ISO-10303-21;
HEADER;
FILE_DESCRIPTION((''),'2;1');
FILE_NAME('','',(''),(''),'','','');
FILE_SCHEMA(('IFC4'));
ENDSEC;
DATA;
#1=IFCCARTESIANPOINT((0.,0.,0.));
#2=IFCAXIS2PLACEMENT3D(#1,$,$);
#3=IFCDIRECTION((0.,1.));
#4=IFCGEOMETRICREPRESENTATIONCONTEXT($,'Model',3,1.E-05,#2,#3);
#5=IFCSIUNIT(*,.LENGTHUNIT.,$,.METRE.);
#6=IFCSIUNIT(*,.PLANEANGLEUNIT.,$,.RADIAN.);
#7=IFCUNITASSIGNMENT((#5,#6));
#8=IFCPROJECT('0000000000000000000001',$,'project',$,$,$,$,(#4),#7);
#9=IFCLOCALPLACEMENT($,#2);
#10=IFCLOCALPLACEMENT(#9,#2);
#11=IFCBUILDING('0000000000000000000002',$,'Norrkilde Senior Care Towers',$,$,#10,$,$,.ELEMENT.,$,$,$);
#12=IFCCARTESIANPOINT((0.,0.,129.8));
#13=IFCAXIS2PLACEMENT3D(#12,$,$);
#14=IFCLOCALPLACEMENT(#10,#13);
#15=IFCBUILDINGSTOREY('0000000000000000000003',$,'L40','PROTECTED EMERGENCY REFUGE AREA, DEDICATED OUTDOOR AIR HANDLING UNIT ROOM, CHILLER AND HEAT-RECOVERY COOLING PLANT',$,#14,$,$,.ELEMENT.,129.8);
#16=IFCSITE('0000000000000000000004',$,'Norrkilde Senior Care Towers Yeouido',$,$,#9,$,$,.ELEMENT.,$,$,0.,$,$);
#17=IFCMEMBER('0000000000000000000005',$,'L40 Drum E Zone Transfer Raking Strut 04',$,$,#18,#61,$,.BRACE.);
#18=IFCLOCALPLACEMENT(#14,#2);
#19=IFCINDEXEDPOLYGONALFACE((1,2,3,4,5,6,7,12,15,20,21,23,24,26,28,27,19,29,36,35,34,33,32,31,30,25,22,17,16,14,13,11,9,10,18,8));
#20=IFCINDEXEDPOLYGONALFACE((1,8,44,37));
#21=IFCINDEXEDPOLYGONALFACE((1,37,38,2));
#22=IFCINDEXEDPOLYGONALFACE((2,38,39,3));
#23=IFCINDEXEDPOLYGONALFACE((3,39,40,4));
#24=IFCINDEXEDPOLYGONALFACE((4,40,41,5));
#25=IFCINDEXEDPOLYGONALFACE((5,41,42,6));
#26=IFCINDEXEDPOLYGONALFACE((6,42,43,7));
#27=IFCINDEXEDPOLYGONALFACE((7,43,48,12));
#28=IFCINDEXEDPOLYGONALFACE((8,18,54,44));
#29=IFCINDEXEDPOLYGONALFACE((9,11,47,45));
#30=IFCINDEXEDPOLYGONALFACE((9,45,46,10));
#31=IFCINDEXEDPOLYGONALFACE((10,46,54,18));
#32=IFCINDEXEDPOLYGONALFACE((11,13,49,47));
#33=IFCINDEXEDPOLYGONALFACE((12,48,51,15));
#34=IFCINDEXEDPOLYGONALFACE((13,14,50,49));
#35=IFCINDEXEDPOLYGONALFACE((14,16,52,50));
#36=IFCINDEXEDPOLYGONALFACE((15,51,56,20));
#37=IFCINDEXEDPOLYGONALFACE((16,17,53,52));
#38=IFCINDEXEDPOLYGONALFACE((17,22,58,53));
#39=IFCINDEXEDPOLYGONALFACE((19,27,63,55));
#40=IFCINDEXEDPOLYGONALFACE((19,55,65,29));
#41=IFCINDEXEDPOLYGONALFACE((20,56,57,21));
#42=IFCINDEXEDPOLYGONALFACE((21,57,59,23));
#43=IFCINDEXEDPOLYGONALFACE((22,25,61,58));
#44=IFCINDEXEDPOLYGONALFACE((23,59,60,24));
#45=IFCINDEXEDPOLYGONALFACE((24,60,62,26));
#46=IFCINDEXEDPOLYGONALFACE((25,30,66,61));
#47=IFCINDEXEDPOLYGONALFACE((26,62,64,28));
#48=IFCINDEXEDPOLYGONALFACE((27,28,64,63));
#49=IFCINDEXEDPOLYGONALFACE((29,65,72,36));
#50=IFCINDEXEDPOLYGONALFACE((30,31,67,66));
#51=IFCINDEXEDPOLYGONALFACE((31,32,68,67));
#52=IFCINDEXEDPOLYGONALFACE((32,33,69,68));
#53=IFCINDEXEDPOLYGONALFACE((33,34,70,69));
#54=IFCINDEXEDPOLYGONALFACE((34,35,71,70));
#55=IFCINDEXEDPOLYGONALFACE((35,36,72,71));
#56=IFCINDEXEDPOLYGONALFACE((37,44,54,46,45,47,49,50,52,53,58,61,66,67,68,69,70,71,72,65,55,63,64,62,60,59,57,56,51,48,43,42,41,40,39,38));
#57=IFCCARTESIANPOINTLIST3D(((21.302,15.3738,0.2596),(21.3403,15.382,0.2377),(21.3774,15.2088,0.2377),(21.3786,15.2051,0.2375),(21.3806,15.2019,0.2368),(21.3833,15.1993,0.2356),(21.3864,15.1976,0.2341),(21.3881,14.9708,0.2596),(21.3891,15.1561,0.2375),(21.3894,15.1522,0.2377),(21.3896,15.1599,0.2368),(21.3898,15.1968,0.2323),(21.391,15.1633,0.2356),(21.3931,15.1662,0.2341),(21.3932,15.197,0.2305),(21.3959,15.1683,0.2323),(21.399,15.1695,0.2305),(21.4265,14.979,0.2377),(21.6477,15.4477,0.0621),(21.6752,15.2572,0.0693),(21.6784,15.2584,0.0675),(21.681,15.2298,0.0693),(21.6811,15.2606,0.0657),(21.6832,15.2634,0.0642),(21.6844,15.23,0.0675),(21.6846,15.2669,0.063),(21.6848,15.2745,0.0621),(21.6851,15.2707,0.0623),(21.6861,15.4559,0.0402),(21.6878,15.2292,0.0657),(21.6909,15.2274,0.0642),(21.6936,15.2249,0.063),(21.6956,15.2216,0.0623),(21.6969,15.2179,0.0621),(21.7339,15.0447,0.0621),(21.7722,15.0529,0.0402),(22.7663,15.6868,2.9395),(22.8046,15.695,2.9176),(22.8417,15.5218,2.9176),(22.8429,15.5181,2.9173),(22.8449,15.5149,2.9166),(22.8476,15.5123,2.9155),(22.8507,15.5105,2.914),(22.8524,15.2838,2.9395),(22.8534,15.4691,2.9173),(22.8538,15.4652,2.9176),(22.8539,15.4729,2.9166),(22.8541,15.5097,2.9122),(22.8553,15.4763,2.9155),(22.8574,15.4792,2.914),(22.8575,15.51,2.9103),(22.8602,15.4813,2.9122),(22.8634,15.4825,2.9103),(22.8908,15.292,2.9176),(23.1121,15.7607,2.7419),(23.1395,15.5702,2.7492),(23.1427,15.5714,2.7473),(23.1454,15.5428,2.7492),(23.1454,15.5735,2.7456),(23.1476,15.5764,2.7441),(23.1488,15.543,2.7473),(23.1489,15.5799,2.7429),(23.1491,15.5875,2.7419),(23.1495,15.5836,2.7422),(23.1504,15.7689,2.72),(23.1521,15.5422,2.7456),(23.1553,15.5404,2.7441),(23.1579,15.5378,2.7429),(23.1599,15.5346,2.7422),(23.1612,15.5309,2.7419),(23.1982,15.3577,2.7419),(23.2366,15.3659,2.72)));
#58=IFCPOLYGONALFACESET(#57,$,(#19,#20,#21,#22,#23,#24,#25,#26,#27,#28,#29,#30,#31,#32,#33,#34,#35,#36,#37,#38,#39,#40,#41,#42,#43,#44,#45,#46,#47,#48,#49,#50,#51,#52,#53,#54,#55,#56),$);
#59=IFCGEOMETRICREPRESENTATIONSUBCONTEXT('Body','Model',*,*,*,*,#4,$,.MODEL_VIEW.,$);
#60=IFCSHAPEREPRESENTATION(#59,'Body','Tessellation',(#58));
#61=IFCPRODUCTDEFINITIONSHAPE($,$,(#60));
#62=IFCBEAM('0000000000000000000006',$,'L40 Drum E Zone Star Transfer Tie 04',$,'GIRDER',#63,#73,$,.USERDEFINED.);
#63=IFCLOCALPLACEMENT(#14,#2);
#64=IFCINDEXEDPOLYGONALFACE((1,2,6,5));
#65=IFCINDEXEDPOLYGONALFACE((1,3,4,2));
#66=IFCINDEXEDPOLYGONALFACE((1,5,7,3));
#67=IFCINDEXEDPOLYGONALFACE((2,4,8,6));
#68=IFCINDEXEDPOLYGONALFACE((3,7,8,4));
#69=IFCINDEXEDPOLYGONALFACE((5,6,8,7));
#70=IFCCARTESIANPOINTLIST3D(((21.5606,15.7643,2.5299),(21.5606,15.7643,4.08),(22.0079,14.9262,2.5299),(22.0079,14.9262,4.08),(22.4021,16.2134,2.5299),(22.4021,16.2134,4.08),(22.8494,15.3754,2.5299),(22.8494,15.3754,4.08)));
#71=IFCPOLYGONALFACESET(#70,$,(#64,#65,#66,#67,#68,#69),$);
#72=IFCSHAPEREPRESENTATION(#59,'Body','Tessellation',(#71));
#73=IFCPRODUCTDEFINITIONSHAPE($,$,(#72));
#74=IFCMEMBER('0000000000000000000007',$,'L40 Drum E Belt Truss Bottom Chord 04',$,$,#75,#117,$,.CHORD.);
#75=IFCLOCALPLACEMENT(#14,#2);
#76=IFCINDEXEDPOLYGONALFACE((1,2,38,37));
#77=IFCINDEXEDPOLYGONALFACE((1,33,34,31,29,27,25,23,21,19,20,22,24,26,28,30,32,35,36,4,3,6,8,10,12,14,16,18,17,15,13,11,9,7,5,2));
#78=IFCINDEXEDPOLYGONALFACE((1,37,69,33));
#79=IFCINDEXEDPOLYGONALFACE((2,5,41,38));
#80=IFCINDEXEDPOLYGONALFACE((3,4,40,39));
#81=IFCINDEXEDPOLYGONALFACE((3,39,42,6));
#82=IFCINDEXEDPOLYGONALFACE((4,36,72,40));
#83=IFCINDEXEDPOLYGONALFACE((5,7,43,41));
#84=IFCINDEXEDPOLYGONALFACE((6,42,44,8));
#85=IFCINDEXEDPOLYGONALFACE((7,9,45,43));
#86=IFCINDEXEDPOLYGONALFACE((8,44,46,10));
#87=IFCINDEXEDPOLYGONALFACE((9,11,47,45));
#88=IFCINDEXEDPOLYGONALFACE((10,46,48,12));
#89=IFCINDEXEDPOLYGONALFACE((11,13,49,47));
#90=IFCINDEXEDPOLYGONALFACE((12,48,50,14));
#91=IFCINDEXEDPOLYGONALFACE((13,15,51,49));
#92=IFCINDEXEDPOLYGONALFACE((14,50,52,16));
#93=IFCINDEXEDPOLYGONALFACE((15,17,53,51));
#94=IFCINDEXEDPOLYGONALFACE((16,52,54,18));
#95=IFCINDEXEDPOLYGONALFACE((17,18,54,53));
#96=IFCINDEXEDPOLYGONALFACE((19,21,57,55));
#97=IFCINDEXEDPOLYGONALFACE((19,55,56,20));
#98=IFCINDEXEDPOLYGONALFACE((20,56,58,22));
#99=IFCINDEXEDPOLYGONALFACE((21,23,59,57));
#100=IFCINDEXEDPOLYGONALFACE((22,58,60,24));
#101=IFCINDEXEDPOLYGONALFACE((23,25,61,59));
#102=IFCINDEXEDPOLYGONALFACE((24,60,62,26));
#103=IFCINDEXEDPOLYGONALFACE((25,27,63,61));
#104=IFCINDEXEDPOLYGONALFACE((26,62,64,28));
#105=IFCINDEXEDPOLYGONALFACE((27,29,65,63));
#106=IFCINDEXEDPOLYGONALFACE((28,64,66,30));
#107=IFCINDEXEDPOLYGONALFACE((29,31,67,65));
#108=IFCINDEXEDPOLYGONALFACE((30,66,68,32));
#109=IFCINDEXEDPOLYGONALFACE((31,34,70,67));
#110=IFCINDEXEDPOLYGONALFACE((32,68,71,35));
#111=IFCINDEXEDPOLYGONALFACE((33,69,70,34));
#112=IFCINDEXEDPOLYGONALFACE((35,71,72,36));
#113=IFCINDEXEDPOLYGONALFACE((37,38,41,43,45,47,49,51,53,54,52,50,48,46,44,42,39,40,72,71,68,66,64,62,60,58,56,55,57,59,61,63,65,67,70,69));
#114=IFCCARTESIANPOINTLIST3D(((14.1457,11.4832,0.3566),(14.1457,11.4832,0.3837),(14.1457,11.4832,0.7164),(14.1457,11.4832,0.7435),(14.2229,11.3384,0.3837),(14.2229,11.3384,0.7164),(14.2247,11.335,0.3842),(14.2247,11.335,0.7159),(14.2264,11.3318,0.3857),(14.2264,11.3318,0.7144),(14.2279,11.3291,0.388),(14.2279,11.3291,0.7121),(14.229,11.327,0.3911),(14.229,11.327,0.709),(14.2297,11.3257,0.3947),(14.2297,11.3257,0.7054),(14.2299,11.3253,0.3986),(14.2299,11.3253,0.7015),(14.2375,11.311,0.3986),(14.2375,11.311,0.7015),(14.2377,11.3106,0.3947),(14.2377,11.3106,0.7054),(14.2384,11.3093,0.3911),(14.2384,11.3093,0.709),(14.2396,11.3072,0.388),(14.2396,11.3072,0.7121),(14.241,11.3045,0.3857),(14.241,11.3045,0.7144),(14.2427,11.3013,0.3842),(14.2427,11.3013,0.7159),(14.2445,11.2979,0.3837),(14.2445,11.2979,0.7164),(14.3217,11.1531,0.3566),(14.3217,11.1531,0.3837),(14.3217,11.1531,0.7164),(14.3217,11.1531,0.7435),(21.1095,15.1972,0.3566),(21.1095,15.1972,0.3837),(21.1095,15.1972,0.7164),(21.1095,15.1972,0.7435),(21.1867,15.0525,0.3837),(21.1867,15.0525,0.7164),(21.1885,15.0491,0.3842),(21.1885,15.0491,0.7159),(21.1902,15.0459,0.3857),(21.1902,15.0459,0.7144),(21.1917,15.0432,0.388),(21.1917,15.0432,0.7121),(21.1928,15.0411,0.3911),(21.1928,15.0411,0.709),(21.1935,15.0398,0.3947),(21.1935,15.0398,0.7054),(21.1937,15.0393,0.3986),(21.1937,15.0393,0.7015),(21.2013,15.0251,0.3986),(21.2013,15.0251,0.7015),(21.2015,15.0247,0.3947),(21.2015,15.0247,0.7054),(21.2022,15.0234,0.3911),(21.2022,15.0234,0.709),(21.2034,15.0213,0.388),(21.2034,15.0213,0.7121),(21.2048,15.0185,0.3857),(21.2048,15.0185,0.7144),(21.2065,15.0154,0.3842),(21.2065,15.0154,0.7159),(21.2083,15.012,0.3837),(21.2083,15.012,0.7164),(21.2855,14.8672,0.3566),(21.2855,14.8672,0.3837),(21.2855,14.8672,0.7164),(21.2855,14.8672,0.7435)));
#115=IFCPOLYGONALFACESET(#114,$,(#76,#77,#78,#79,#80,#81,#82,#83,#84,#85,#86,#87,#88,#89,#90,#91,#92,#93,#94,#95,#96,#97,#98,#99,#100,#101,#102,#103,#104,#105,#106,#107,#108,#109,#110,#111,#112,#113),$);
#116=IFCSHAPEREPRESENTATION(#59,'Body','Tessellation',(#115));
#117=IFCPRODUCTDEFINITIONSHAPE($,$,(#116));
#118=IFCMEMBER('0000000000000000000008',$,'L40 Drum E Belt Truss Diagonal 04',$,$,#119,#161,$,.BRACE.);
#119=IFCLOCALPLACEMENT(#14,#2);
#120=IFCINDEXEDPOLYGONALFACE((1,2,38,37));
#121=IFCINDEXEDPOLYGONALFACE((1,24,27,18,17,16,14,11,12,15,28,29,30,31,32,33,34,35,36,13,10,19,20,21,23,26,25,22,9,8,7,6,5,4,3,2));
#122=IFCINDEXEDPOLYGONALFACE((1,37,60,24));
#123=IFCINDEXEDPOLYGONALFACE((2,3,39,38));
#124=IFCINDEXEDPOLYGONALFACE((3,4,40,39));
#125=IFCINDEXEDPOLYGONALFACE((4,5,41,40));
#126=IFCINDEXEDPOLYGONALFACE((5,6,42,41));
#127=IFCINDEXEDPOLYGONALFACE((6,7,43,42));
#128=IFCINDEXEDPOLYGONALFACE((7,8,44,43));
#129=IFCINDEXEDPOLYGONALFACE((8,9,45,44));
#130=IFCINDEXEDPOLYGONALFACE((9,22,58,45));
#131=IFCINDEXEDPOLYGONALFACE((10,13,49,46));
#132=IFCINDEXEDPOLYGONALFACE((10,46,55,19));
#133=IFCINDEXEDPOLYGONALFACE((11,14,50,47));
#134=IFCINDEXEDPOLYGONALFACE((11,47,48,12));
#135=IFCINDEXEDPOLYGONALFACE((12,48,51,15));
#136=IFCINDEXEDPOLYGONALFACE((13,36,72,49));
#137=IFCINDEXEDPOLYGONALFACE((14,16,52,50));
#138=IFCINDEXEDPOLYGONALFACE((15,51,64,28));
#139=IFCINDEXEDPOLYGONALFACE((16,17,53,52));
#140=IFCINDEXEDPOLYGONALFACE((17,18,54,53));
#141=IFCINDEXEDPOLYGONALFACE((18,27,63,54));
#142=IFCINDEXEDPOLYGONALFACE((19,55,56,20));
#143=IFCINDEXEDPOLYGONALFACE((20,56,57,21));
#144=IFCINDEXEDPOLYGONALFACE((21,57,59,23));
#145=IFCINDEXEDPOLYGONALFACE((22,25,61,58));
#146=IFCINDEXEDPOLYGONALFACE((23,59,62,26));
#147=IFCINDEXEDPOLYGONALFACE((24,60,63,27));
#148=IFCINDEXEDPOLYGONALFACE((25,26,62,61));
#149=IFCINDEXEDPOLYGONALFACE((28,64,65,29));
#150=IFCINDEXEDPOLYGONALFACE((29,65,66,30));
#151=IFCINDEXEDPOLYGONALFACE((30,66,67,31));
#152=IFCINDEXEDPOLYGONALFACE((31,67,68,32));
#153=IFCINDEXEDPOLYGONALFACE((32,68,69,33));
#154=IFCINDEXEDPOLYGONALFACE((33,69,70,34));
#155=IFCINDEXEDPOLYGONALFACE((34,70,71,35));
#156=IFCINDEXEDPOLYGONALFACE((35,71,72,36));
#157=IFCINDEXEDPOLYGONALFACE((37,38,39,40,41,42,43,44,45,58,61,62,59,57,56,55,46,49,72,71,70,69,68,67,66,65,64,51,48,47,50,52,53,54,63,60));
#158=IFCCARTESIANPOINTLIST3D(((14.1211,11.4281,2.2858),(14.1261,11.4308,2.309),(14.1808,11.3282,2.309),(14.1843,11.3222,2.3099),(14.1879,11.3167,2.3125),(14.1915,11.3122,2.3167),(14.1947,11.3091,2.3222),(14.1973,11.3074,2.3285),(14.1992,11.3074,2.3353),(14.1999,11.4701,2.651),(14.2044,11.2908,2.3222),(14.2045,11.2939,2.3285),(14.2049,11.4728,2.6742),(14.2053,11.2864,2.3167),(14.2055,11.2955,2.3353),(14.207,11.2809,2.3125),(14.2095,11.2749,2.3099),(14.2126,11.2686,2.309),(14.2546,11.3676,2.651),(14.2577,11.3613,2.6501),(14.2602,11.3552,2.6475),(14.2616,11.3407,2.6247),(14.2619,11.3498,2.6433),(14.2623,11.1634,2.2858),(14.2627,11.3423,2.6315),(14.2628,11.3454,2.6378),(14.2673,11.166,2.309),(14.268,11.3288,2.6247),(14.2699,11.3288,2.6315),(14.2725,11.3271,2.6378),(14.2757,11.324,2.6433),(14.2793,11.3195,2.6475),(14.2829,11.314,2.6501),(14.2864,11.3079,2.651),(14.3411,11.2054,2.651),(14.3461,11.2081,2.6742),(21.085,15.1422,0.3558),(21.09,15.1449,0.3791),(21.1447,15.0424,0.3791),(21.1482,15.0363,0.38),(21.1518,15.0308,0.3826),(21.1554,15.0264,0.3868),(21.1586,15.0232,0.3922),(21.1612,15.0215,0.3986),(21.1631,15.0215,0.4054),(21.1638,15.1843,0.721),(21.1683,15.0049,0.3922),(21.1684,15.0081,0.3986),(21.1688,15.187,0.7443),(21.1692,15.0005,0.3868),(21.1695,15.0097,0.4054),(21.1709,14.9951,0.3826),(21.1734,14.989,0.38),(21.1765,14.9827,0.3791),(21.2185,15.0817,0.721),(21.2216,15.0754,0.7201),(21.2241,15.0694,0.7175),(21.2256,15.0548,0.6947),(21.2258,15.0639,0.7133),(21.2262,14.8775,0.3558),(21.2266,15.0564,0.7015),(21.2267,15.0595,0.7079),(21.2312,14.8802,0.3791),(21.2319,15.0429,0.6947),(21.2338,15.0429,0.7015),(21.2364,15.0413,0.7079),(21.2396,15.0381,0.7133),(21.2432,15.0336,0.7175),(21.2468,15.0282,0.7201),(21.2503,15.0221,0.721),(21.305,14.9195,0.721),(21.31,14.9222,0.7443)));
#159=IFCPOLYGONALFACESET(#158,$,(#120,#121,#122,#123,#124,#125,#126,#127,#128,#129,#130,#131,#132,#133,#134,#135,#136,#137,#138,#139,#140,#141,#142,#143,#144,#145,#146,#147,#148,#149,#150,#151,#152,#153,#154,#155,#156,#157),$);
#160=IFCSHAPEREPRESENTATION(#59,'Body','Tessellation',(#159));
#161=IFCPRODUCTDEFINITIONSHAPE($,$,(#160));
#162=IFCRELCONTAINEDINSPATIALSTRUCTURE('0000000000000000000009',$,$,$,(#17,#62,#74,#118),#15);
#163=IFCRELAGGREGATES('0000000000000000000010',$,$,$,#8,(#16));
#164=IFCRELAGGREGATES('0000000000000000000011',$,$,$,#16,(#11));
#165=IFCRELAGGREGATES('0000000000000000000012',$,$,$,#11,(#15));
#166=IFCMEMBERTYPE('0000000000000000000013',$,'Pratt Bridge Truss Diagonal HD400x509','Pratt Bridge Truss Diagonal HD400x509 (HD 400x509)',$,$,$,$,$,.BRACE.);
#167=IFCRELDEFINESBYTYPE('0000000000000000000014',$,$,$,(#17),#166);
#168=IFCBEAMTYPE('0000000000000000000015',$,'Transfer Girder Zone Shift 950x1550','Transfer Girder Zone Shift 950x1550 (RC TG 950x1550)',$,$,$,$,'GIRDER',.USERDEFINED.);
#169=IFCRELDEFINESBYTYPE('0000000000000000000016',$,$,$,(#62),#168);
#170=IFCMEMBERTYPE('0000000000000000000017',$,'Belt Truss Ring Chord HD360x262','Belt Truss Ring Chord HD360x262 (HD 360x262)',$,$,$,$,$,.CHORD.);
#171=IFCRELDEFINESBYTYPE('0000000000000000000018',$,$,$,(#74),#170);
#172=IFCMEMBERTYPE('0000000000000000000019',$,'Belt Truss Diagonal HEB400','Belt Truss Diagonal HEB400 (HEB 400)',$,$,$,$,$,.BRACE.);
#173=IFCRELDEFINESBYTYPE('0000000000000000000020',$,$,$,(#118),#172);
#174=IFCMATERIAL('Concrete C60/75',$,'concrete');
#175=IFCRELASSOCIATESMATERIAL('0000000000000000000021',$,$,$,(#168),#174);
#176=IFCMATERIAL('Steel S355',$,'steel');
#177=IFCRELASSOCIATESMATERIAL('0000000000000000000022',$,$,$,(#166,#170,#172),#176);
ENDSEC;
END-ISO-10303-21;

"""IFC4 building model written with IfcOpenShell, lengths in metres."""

from ifc_helpers import new_model, si_unit, direction, frame, origin, origin_2d, place, context, subcontext, project, spatial, rectangle, i_section, extrude, source, transform, mapped, material, material_profile, profile_set, type_object, type_shapes, element, save


model = new_model("IFC4")

# Units and contexts
model_context = context("Model", 3, precision=1e-05, world=origin(), true_north=direction((0.0, 1.0)))
body_context = subcontext(model_context, "Body", "Model", "MODEL_VIEW")
ifc_project = project(units=[si_unit("LENGTHUNIT", "METRE"), si_unit("PLANEANGLEUNIT", "RADIAN")], contexts=[model_context])

# Site, building, storey
site_placement = place(None, origin())
site = spatial("IfcSite", under=ifc_project, at=site_placement, Name="Norrkilde Senior Care Towers Yeouido", CompositionType="ELEMENT", RefElevation=0.0)
building_placement = place(site_placement, origin())
building = spatial("IfcBuilding", under=site, at=building_placement, Name="Norrkilde Senior Care Towers", CompositionType="ELEMENT")
storey_placement = place(building_placement, frame((0.0, 0.0, 129.8)))
storey = spatial("IfcBuildingStorey", under=building, at=storey_placement, Name="L40", Description="PROTECTED EMERGENCY REFUGE AREA, DEDICATED OUTDOOR AIR HANDLING UNIT ROOM, CHILLER AND HEAT-RECOVERY COOLING PLANT", CompositionType="ELEMENT", Elevation=129.8)

# Shared definitions
ifc_material_1 = material(Name="Concrete C60/75", Category="concrete")

# Shared definitions
ifc_material_profile_1 = material_profile(ifc_material_1, rectangle(XDim=0.95, YDim=1.55, at=origin_2d()), Name="RC TG 950x1550")
ifc_profile_set_1 = profile_set([ifc_material_profile_1], Name="Concrete C60/75")
beam_type_1 = type_object("IfcBeamType", Name="Transfer Girder Zone Shift 950x1550", Description="Transfer Girder Zone Shift 950x1550 (RC TG 950x1550)", ElementType="GIRDER", PredefinedType="USERDEFINED", material=ifc_profile_set_1)

# Member
ifc_material_2 = material(Name="Steel S355", Category="steel")
ifc_material_profile_2 = material_profile(ifc_material_2, i_section(OverallWidth=0.4121, OverallDepth=0.45, WebThickness=0.0281, FlangeThickness=0.0449, FilletRadius=0.0149, at=origin_2d()), Name="HD 400x509")
ifc_profile_set_2 = profile_set([ifc_material_profile_2], Name="Steel S355")
member_type_1 = type_object("IfcMemberType", Name="Pratt Bridge Truss Diagonal HD400x509", Description="Pratt Bridge Truss Diagonal HD400x509 (HD 400x509)", PredefinedType="BRACE", material=ifc_profile_set_2)
shared_shape_1 = source(origin(), body_context, "Body", "SweptSolid", [
    extrude(i_section(OverallWidth=0.4121, OverallDepth=0.45, WebThickness=0.0281, FlangeThickness=0.0449, FilletRadius=0.0149, at=origin_2d()), origin(), (0.0, 0.0, 1.0), 3.0698),
])
type_shapes(member_type_1, [shared_shape_1])
member_1_placement = place(storey_placement, frame((21.5371, 15.2134, 0.1499), z_axis=(0.477003, 0.101954, 0.872968), x_axis=(-0.209017, 0.977912, 0.0)))
element("IfcMember", 1, at=member_1_placement, inside=storey, type_object=member_type_1, Name="L40 Drum E Zone Transfer Raking Strut 04", PredefinedType="BRACE", context=body_context, shape_type="MappedRepresentation", body=[
    mapped(shared_shape_1, transform((0.0, 0.0, 0.0), x_axis=(1.0, 0.0, 0.0), y_axis=(0.0, 1.0, 0.0), z_axis=(0.0, 0.0, 1.0), scale=1.0)),
])

# Beam
shared_shape_2 = source(origin(), body_context, "Body", "SweptSolid", [
    extrude(rectangle(XDim=0.95, YDim=1.55, at=origin_2d()), origin(), (0.0, 0.0, 1.0), 0.9539),
])
beam_1_placement = place(storey_placement, frame((22.6257, 15.7944, 3.3049), z_axis=(-0.882183, -0.470907, 0.0), x_axis=(0.470907, -0.882183, 0.0)))
element("IfcBeam", 2, at=beam_1_placement, inside=storey, type_object=beam_type_1, Name="L40 Drum E Zone Star Transfer Tie 04", ObjectType="GIRDER", PredefinedType="USERDEFINED", context=body_context, shape_type="MappedRepresentation", body=[
    mapped(shared_shape_2, transform((0.0, 0.0, 0.0), x_axis=(1.0, 0.0, 0.0), y_axis=(0.0, 1.0, 0.0), z_axis=(0.0, 0.0, 1.0), scale=1.0)),
])

# Members
ifc_material_profile_3 = material_profile(ifc_material_2, i_section(OverallWidth=0.374, OverallDepth=0.387, WebThickness=0.0161, FlangeThickness=0.0271, FilletRadius=0.0149, at=origin_2d()), Name="HD 360x262")
ifc_profile_set_3 = profile_set([ifc_material_profile_3], Name="Steel S355")
member_type_2 = type_object("IfcMemberType", Name="Belt Truss Ring Chord HD360x262", Description="Belt Truss Ring Chord HD360x262 (HD 360x262)", PredefinedType="CHORD", material=ifc_profile_set_3)
shared_shape_3 = source(origin(), body_context, "Body", "SweptSolid", [
    extrude(i_section(OverallWidth=0.374, OverallDepth=0.387, WebThickness=0.0161, FlangeThickness=0.0271, FilletRadius=0.0149, at=origin_2d()), origin(), (0.0, 0.0, 1.0), 7.8923),
])
type_shapes(member_type_2, [shared_shape_3])
member_2_placement = place(storey_placement, frame((21.1975, 15.0322, 0.55), z_axis=(-0.88235, -0.470593, 0.0), x_axis=(0.470593, -0.88235, 0.0)))
element("IfcMember", 3, at=member_2_placement, inside=storey, type_object=member_type_2, Name="L40 Drum E Belt Truss Bottom Chord 04", PredefinedType="CHORD", context=body_context, shape_type="MappedRepresentation", body=[
    mapped(shared_shape_3, transform((0.0, 0.0, 0.0), x_axis=(1.0, 0.0, 0.0), y_axis=(0.0, 1.0, 0.0), z_axis=(0.0, 0.0, 1.0), scale=1.0)),
])
ifc_material_profile_4 = material_profile(ifc_material_2, i_section(OverallWidth=0.3, OverallDepth=0.3999, WebThickness=0.0134, FlangeThickness=0.0239, FilletRadius=0.0271, at=origin_2d()), Name="HEB 400")
ifc_profile_set_4 = profile_set([ifc_material_profile_4], Name="Steel S355")
member_type_3 = type_object("IfcMemberType", Name="Belt Truss Diagonal HEB400", Description="Belt Truss Diagonal HEB400 (HEB 400)", PredefinedType="BRACE", material=ifc_profile_set_4)
shared_shape_4 = source(origin(), body_context, "Body", "SweptSolid", [
    extrude(i_section(OverallWidth=0.3, OverallDepth=0.3999, WebThickness=0.0134, FlangeThickness=0.0239, FilletRadius=0.0271, at=origin_2d()), origin(), (0.0, 0.0, 1.0), 8.125),
])
type_shapes(member_type_3, [shared_shape_4])
member_3_placement = place(storey_placement, frame((21.1975, 15.0322, 0.55), z_axis=(-0.857097, -0.457125, 0.237532), x_axis=(0.470593, -0.88235, 0.0)))
element("IfcMember", 4, at=member_3_placement, inside=storey, type_object=member_type_3, Name="L40 Drum E Belt Truss Diagonal 04", PredefinedType="BRACE", context=body_context, shape_type="MappedRepresentation", body=[
    mapped(shared_shape_4, transform((0.0, 0.0, 0.0), x_axis=(1.0, 0.0, 0.0), y_axis=(0.0, 1.0, 0.0), z_axis=(0.0, 0.0, 1.0), scale=1.0)),
])

save(model, "model.ifc")
